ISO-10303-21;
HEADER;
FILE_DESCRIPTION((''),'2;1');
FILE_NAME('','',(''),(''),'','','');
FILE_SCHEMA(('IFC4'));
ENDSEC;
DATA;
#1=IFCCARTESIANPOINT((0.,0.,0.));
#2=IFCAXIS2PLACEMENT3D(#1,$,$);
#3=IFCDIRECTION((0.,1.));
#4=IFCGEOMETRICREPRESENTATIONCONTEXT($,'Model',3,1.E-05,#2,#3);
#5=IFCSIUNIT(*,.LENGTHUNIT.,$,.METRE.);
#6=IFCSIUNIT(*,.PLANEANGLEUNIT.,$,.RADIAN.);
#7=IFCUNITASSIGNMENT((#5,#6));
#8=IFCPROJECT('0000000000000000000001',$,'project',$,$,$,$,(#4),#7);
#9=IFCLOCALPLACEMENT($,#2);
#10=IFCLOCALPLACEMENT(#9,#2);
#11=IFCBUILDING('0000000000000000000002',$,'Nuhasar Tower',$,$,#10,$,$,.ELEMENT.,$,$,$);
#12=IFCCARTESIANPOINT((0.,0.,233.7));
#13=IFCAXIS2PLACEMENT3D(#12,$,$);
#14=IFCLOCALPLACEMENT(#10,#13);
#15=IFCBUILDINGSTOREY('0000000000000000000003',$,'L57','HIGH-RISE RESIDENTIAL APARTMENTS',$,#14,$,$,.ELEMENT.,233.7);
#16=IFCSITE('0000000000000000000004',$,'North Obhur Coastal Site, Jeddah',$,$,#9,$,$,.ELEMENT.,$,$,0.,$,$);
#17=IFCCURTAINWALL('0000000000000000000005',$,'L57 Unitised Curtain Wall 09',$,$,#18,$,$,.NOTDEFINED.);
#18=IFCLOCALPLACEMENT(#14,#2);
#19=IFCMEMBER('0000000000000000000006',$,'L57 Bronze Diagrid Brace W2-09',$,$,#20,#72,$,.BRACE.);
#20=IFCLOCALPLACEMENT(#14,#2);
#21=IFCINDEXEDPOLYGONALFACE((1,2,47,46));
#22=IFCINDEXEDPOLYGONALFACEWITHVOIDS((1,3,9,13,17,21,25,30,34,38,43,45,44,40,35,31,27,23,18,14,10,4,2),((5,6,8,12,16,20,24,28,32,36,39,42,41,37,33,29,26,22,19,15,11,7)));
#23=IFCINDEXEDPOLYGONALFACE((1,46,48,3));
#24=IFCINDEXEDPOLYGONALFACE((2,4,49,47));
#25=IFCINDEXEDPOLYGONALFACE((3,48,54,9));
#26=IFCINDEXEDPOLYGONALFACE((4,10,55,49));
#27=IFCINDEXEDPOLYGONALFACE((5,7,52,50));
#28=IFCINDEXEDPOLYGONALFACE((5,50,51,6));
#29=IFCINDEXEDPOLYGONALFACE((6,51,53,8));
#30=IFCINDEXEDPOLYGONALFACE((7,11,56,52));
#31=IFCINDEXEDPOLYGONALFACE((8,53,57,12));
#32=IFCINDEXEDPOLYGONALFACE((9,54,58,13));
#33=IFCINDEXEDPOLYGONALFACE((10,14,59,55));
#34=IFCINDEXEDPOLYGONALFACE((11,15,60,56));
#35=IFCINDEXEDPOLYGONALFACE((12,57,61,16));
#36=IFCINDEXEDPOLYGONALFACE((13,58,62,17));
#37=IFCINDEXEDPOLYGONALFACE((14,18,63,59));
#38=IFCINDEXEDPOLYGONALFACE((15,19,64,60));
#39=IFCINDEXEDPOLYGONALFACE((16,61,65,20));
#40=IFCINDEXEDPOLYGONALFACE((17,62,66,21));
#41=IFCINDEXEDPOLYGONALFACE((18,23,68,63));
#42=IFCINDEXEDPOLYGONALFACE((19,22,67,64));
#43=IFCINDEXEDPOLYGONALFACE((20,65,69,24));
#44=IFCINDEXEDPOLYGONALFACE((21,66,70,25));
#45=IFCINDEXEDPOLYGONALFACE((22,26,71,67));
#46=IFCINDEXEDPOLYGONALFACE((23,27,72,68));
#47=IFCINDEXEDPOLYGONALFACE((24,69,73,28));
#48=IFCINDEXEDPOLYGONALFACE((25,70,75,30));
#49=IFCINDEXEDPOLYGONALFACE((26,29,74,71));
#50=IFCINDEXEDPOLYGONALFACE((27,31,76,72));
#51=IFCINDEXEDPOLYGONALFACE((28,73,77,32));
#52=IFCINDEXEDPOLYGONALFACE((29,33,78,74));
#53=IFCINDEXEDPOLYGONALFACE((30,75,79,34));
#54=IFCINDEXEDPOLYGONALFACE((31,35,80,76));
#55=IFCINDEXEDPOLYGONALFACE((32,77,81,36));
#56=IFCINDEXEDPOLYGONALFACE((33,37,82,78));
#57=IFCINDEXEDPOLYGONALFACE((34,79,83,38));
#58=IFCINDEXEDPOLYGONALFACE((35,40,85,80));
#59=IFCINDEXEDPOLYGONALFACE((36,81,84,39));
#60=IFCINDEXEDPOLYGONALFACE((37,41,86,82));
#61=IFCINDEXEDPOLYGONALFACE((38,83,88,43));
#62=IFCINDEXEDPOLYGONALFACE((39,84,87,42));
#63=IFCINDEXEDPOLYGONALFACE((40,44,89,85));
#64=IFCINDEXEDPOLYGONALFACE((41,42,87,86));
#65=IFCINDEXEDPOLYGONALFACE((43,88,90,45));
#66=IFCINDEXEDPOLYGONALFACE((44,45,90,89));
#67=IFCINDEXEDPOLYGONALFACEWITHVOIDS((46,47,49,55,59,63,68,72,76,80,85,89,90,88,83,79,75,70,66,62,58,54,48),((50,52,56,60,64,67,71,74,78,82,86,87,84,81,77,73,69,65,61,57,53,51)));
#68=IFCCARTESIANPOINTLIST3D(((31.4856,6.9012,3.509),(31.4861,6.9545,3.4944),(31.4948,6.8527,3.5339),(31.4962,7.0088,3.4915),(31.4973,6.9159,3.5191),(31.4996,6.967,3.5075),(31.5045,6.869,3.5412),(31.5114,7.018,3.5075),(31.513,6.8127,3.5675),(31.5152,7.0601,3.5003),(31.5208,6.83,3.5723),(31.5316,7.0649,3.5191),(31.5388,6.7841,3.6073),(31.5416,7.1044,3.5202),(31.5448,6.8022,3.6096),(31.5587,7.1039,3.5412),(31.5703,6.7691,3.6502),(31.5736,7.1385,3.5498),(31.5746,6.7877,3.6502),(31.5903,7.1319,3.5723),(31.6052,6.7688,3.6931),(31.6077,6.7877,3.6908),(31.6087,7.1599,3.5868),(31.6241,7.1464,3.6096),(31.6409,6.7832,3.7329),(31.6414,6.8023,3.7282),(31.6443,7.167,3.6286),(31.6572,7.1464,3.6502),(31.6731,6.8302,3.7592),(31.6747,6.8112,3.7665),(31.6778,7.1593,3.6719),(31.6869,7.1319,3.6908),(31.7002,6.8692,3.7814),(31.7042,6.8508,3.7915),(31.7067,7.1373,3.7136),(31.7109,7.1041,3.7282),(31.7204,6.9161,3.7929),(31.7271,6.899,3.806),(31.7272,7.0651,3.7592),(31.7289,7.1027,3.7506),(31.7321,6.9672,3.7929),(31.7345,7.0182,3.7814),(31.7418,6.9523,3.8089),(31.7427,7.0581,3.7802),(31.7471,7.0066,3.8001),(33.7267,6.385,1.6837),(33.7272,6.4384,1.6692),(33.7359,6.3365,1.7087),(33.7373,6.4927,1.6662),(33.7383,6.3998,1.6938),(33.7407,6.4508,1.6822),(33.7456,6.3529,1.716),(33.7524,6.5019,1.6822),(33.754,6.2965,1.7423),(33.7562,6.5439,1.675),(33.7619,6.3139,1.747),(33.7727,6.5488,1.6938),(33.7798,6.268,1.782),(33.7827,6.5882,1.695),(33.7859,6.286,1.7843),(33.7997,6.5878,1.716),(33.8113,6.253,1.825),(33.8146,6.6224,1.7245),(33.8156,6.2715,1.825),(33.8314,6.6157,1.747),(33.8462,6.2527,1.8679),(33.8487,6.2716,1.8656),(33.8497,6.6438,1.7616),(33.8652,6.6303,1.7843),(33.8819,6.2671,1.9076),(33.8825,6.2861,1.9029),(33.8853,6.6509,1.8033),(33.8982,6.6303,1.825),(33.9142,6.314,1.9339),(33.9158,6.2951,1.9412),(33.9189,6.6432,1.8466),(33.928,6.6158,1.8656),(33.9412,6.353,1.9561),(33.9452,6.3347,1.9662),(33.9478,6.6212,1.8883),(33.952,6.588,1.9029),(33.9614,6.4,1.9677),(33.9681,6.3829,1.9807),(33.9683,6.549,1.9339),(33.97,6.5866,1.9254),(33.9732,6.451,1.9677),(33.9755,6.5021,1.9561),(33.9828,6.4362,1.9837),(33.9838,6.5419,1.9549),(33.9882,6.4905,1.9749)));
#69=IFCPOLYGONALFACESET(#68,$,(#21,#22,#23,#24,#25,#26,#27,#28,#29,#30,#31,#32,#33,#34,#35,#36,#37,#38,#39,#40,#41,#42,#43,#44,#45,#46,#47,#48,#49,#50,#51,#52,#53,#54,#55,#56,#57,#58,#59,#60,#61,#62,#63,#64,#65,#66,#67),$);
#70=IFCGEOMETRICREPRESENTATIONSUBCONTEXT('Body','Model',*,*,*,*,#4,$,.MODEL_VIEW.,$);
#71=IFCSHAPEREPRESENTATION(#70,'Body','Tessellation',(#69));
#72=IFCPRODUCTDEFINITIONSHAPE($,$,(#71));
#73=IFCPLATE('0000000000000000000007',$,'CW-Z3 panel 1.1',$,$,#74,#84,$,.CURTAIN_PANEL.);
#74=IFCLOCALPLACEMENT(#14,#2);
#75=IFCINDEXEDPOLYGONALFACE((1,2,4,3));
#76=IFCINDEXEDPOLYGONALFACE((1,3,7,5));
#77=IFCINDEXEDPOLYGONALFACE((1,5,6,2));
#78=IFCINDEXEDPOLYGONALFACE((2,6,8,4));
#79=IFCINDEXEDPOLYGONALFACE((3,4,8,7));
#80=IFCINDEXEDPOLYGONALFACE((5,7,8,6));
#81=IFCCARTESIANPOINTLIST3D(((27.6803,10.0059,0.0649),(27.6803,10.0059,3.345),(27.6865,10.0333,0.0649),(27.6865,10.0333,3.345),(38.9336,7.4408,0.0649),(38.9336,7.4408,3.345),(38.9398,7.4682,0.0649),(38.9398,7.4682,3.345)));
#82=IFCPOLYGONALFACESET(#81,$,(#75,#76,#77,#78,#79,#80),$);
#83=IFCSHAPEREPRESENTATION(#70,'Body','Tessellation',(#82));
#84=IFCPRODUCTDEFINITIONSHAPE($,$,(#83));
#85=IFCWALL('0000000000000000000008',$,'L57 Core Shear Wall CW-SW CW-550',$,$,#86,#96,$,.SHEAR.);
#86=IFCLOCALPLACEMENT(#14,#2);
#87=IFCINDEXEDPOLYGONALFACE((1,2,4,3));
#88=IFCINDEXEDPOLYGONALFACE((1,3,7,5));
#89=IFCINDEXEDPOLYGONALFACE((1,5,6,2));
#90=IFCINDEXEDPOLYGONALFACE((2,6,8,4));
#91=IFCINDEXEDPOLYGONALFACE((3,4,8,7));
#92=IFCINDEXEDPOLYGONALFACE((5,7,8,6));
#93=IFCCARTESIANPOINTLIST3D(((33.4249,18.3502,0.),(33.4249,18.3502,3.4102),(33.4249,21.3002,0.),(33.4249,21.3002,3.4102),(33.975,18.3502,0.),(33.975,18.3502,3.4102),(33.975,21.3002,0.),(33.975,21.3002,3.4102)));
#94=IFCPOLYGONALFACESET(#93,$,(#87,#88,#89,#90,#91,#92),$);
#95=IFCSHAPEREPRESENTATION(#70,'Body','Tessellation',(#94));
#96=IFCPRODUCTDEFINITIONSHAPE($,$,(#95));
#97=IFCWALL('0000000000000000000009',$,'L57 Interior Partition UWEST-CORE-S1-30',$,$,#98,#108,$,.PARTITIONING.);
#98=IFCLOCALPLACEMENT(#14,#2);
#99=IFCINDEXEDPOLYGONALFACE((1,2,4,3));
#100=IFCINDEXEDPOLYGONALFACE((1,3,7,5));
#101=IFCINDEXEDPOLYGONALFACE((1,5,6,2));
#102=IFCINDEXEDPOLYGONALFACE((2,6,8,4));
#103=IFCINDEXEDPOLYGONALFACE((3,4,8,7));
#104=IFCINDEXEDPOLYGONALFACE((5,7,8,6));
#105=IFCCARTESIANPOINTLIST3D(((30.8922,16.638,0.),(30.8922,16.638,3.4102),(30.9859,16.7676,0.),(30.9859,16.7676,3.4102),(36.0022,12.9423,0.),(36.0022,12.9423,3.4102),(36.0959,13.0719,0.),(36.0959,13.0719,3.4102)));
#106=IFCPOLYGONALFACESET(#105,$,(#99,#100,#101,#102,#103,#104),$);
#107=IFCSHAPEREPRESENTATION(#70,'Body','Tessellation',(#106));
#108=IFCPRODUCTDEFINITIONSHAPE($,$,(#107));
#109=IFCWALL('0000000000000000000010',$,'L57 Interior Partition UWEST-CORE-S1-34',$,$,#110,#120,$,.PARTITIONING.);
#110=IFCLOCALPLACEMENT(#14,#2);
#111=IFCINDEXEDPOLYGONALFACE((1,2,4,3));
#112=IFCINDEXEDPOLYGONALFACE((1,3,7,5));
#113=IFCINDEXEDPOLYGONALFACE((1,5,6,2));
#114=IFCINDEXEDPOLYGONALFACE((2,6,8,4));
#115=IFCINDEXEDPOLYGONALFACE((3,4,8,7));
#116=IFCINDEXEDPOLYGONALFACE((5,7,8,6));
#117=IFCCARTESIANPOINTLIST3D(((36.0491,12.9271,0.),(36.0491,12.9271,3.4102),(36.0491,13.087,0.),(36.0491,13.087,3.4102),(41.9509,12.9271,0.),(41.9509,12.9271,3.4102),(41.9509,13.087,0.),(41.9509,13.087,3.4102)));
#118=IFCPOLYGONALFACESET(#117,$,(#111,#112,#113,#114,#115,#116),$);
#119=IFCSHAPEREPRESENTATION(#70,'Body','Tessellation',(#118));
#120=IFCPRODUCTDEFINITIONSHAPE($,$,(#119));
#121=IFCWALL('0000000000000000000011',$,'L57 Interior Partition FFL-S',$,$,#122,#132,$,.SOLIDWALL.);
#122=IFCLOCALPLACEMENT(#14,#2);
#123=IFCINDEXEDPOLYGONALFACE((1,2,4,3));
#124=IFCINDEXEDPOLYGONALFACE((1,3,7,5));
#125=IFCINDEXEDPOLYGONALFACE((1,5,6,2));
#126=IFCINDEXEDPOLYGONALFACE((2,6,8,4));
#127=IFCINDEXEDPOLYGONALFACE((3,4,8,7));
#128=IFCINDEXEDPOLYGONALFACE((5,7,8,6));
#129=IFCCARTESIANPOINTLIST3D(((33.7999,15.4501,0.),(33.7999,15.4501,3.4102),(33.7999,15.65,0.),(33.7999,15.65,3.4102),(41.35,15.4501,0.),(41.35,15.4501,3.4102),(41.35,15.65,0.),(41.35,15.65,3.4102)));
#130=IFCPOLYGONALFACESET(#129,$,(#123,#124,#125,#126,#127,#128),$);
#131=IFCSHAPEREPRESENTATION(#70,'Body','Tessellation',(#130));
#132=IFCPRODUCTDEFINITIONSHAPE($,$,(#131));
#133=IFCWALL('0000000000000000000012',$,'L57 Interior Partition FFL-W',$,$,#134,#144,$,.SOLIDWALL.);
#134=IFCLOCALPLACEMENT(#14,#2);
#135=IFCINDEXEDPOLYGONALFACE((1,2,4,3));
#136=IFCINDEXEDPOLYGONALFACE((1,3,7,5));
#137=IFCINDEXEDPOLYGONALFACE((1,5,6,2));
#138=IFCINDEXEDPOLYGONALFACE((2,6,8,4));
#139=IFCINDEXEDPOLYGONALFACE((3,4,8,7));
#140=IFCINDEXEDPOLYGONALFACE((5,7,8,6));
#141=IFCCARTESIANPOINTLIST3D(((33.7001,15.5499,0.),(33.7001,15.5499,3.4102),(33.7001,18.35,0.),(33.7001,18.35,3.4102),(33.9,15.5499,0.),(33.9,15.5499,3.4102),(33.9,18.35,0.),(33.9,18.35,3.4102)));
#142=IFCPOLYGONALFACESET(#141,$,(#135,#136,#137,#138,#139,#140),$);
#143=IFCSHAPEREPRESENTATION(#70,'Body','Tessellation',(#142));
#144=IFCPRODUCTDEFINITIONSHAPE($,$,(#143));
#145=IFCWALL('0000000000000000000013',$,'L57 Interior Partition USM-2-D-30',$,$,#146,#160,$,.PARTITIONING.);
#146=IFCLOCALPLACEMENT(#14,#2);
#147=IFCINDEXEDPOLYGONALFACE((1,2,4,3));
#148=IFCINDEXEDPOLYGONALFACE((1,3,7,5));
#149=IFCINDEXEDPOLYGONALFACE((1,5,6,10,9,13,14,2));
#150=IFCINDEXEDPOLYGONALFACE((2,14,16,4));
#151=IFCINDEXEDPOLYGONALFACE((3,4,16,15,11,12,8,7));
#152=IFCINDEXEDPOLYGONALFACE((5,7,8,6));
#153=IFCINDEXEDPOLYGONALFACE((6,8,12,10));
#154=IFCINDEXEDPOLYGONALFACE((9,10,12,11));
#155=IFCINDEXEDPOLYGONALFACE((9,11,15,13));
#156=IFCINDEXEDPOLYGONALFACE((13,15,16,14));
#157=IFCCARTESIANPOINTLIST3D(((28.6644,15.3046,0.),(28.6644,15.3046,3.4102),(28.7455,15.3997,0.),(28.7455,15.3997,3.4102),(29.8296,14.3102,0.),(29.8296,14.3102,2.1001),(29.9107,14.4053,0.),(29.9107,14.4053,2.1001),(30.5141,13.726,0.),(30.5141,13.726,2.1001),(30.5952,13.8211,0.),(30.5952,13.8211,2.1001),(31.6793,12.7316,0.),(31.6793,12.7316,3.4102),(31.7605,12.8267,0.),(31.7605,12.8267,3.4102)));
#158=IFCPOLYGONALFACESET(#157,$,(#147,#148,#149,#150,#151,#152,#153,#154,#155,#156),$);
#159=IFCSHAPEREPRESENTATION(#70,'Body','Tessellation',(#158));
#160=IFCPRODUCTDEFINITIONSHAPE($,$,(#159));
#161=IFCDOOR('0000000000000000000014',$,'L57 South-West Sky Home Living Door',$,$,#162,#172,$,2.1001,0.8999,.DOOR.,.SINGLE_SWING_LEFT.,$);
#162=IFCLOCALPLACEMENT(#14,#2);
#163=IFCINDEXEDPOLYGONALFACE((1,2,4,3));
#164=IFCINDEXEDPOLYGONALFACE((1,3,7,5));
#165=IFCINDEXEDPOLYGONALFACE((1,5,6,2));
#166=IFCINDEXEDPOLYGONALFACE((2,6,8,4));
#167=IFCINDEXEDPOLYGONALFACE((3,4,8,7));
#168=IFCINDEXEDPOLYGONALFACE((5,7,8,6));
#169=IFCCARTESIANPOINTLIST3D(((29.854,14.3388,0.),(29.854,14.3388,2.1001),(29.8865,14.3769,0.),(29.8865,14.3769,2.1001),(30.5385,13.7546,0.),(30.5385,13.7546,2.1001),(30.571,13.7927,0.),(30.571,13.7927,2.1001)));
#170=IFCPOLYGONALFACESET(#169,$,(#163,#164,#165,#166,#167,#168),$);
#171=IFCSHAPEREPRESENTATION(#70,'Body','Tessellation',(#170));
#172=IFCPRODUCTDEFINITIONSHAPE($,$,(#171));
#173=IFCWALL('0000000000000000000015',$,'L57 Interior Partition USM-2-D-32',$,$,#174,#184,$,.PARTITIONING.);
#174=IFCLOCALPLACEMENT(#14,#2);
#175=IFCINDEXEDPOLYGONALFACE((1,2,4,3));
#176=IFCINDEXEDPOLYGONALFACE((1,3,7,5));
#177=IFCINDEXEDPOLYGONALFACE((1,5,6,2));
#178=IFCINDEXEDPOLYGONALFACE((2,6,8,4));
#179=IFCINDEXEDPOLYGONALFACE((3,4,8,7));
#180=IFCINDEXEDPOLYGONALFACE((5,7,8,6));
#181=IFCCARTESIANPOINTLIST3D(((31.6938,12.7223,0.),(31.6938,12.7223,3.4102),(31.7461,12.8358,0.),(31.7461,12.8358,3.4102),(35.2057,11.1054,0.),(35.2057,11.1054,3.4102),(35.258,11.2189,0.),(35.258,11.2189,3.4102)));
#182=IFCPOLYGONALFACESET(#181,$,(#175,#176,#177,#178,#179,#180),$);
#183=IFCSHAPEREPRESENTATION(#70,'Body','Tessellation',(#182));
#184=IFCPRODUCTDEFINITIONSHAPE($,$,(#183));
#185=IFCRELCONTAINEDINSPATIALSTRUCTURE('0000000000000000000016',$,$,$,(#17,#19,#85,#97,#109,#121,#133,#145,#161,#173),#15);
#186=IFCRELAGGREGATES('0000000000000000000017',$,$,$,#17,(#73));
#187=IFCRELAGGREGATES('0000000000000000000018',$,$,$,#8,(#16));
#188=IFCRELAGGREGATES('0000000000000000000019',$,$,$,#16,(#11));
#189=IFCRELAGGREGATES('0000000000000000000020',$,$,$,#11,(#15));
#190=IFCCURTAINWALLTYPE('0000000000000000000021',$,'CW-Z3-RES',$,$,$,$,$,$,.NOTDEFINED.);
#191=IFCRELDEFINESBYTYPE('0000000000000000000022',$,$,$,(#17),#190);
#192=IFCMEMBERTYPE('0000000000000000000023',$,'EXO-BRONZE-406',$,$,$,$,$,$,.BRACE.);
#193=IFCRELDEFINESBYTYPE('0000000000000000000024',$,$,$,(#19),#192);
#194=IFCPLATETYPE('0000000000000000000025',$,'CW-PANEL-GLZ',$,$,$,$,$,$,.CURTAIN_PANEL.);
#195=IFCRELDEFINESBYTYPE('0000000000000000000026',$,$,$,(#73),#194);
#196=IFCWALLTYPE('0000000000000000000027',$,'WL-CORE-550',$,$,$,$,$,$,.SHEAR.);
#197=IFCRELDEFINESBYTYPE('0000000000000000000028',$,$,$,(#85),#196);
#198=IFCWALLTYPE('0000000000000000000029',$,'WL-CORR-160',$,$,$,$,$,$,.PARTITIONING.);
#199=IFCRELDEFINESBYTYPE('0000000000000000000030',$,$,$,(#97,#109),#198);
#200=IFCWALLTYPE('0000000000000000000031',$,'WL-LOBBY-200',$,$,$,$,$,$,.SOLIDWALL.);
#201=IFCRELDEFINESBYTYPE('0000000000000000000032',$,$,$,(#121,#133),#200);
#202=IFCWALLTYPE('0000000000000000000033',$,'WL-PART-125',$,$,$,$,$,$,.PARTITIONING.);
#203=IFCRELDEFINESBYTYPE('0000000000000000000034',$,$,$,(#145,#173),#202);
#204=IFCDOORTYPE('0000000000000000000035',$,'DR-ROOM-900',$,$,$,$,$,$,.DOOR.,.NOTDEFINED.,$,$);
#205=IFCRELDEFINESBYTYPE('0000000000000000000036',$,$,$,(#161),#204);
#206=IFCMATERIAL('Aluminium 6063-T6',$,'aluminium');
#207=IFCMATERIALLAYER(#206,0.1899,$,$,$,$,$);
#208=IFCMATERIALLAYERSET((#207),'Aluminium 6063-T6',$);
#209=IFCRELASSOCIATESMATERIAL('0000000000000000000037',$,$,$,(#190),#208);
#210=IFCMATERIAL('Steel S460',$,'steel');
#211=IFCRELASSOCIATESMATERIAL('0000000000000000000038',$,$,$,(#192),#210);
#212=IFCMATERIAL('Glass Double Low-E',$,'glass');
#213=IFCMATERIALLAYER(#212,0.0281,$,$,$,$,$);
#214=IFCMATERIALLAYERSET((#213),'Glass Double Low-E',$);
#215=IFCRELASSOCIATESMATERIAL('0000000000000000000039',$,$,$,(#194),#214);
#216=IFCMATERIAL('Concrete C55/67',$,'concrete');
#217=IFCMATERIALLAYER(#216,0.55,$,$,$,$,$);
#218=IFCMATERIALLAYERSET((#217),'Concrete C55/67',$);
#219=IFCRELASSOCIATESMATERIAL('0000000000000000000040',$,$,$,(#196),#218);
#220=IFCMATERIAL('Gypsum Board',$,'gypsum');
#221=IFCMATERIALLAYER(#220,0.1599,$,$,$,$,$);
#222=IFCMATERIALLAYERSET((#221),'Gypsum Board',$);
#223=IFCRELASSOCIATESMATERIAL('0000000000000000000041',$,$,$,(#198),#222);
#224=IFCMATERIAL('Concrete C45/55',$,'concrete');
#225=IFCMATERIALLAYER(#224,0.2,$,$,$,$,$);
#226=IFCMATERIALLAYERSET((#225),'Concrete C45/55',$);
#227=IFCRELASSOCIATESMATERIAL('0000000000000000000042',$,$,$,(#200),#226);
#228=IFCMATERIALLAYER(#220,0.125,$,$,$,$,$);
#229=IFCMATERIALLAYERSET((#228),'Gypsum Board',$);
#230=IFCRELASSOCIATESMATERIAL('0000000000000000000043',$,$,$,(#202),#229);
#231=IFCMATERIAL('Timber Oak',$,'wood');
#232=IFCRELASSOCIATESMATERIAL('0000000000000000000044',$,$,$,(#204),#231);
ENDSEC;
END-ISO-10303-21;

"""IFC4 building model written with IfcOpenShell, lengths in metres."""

from ifc_helpers import new_model, si_unit, direction, frame, frame_2d, origin, origin_2d, place, context, subcontext, project, spatial, rectangle, hollow_circle, extrude, material, layer, layer_set, material_profile, profile_set, type_object, element, fill, aggregate, save


model = new_model("IFC4")

# Units and contexts
model_context = context("Model", 3, precision=1e-05, world=origin(), true_north=direction((0.0, 1.0)))
body_context = subcontext(model_context, "Body", "Model", "MODEL_VIEW")
ifc_project = project(units=[si_unit("LENGTHUNIT", "METRE"), si_unit("PLANEANGLEUNIT", "RADIAN")], contexts=[model_context])

# Site, building, storey
site_placement = place(None, origin())
site = spatial("IfcSite", under=ifc_project, at=site_placement, Name="North Obhur Coastal Site, Jeddah", CompositionType="ELEMENT", RefElevation=0.0)
building_placement = place(site_placement, origin())
building = spatial("IfcBuilding", under=site, at=building_placement, Name="Nuhasar Tower", CompositionType="ELEMENT")
storey_placement = place(building_placement, frame((0.0, 0.0, 233.7)))
storey = spatial("IfcBuildingStorey", under=building, at=storey_placement, Name="L57", Description="HIGH-RISE RESIDENTIAL APARTMENTS", CompositionType="ELEMENT", Elevation=233.7)

# Shared definitions
ifc_material_1 = material(Name="Concrete C55/67", Category="concrete")

# Curtain wall
ifc_material_2 = material(Name="Aluminium 6063-T6", Category="aluminium")
ifc_layer_1 = layer(ifc_material_2, 0.1899)
ifc_layer_set_1 = layer_set([ifc_layer_1], Name="Aluminium 6063-T6")
curtain_wall_type = type_object("IfcCurtainWallType", Name="CW-Z3-RES", PredefinedType="NOTDEFINED", material=ifc_layer_set_1)
curtain_wall_placement = place(storey_placement, origin())
curtain_wall = element("IfcCurtainWall", 1, at=curtain_wall_placement, inside=storey, type_object=curtain_wall_type, Name="L57 Unitised Curtain Wall 09", PredefinedType="NOTDEFINED")

# Member
ifc_material_3 = material(Name="Steel S460", Category="steel")
ifc_material_profile_1 = material_profile(ifc_material_3, hollow_circle(Radius=0.2031, WallThickness=0.019, at=origin_2d()), Name="HSS406.4X19.1")
ifc_profile_set_1 = profile_set([ifc_material_profile_1], Name="Steel S460")
member_type_1 = type_object("IfcMemberType", Name="EXO-BRONZE-406", PredefinedType="BRACE", material=ifc_profile_set_1)
member_1_placement = place(storey_placement, frame((33.8569, 6.4509, 1.825), z_axis=(-0.763292, 0.175793, 0.621677), x_axis=(-0.224433, -0.97449, 0.0)))
element("IfcMember", 2, at=member_1_placement, inside=storey, type_object=member_type_1, Name="L57 Bronze Diagrid Brace W2-09", PredefinedType="BRACE", context=body_context, shape_type="SweptSolid", body=[
    extrude(hollow_circle(Radius=0.2031, WallThickness=0.019, at=origin_2d()), origin(), (0.0, 0.0, 1.0), 2.936),
])

# Plate
ifc_material_4 = material(Name="Glass Double Low-E", Category="glass")
ifc_layer_2 = layer(ifc_material_4, 0.0281)
ifc_layer_set_2 = layer_set([ifc_layer_2], Name="Glass Double Low-E")
plate_type = type_object("IfcPlateType", Name="CW-PANEL-GLZ", PredefinedType="CURTAIN_PANEL", material=ifc_layer_set_2)
plate_placement = place(storey_placement, frame((33.3101, 8.7371, 0.0649), z_axis=(0.0, 0.0, 1.0), x_axis=(0.974991, -0.222243, 0.0)))
plate = element("IfcPlate", 3, at=plate_placement, type_object=plate_type, Name="CW-Z3 panel 1.1", PredefinedType="CURTAIN_PANEL", context=body_context, shape_type="SweptSolid", body=[
    extrude(rectangle(XDim=11.542, YDim=0.0281, at=origin_2d()), origin(), (0.0, 0.0, 1.0), 3.28),
])
aggregate(curtain_wall, [plate])

# Walls
ifc_layer_3 = layer(ifc_material_1, 0.55)
ifc_layer_set_3 = layer_set([ifc_layer_3], Name="Concrete C55/67")
wall_type_1 = type_object("IfcWallType", Name="WL-CORE-550", PredefinedType="SHEAR", material=ifc_layer_set_3)
wall_1_placement = place(storey_placement, frame((33.7, 18.3501, 0.0), z_axis=(0.0, 0.0, 1.0), x_axis=(0.0, 1.0, 0.0)))
element("IfcWall", 4, at=wall_1_placement, inside=storey, type_object=wall_type_1, Name="L57 Core Shear Wall CW-SW CW-550", PredefinedType="SHEAR", context=body_context, shape_type="SweptSolid", body=[
    extrude(rectangle(XDim=2.95, YDim=0.55, at=frame_2d((1.4751, 0.0))), origin(), (0.0, 0.0, 1.0), 3.4102),
])
ifc_material_5 = material(Name="Gypsum Board", Category="gypsum")
ifc_layer_4 = layer(ifc_material_5, 0.1599)
ifc_layer_set_4 = layer_set([ifc_layer_4], Name="Gypsum Board")
wall_type_2 = type_object("IfcWallType", Name="WL-CORR-160", PredefinedType="PARTITIONING", material=ifc_layer_set_4)
wall_2_placement = place(storey_placement, frame((30.939, 16.7029, 0.0), z_axis=(0.0, 0.0, 1.0), x_axis=(0.81029, -0.586029, 0.0)))
element("IfcWall", 5, at=wall_2_placement, inside=storey, type_object=wall_type_2, Name="L57 Interior Partition UWEST-CORE-S1-30", PredefinedType="PARTITIONING", context=body_context, shape_type="SweptSolid", body=[
    extrude(rectangle(XDim=6.3064, YDim=0.1599, at=frame_2d((3.1533, 0.0))), origin(), (0.0, 0.0, 1.0), 3.4102),
])
wall_3_placement = place(storey_placement, frame((36.0491, 13.0071, 0.0), z_axis=(0.0, 0.0, 1.0), x_axis=(1.0, 0.0, 0.0)))
element("IfcWall", 6, at=wall_3_placement, inside=storey, type_object=wall_type_2, Name="L57 Interior Partition UWEST-CORE-S1-34", PredefinedType="PARTITIONING", context=body_context, shape_type="SweptSolid", body=[
    extrude(rectangle(XDim=5.9019, YDim=0.1599, at=frame_2d((2.9509, 0.0))), origin(), (0.0, 0.0, 1.0), 3.4102),
])
ifc_material_6 = material(Name="Concrete C45/55", Category="concrete")
ifc_layer_5 = layer(ifc_material_6, 0.2)
ifc_layer_set_5 = layer_set([ifc_layer_5], Name="Concrete C45/55")
wall_type_3 = type_object("IfcWallType", Name="WL-LOBBY-200", PredefinedType="SOLIDWALL", material=ifc_layer_set_5)
wall_4_placement = place(storey_placement, frame((33.8, 15.55, 0.0), z_axis=(0.0, 0.0, 1.0), x_axis=(1.0, 0.0, 0.0)))
element("IfcWall", 7, at=wall_4_placement, inside=storey, type_object=wall_type_3, Name="L57 Interior Partition FFL-S", PredefinedType="SOLIDWALL", context=body_context, shape_type="SweptSolid", body=[
    extrude(rectangle(XDim=7.55, YDim=0.2, at=frame_2d((3.7749, 0.0))), origin(), (0.0, 0.0, 1.0), 3.4102),
])
wall_5_placement = place(storey_placement, frame((33.8, 15.55, 0.0), z_axis=(0.0, 0.0, 1.0), x_axis=(0.0, 1.0, 0.0)))
element("IfcWall", 8, at=wall_5_placement, inside=storey, type_object=wall_type_3, Name="L57 Interior Partition FFL-W", PredefinedType="SOLIDWALL", context=body_context, shape_type="SweptSolid", body=[
    extrude(rectangle(XDim=2.8, YDim=0.2, at=frame_2d((1.3999, 0.0))), origin(), (0.0, 0.0, 1.0), 3.4102),
])

# Wall, opening, door
ifc_layer_6 = layer(ifc_material_5, 0.125)
ifc_layer_set_6 = layer_set([ifc_layer_6], Name="Gypsum Board")
wall_type_4 = type_object("IfcWallType", Name="WL-PART-125", PredefinedType="PARTITIONING", material=ifc_layer_set_6)
wall_6_placement = place(storey_placement, frame((31.72, 12.7791, 0.0), z_axis=(0.0, 0.0, 1.0), x_axis=(-0.760651, 0.649162, 0.0)))
wall_6 = element("IfcWall", 9, at=wall_6_placement, inside=storey, type_object=wall_type_4, Name="L57 Interior Partition USM-2-D-30", PredefinedType="PARTITIONING", context=body_context, shape_type="SweptSolid", body=[
    extrude(rectangle(XDim=3.9636, YDim=0.125, at=frame_2d((1.9819, 0.0))), origin(), (0.0, 0.0, 1.0), 3.4102),
])
opening_1_placement = place(wall_6_placement, frame((1.532, 0.0, 0.0)))
opening_1 = element("IfcOpeningElement", 10, at=opening_1_placement, cuts=wall_6, PredefinedType="OPENING", context=body_context, shape_type="SweptSolid", body=[
    extrude(rectangle(XDim=0.8999, YDim=2.1001, at=frame_2d((0.45, 1.05))), frame((0.0, 0.0725, 0.0), z_axis=(0.0, -1.0, 0.0), x_axis=(1.0, 0.0, 0.0)), (0.0, 0.0, 1.0), 0.145),
])
ifc_material_7 = material(Name="Timber Oak", Category="wood")
door_type_1 = type_object("IfcDoorType", Name="DR-ROOM-900", OperationType="NOTDEFINED", PredefinedType="DOOR", material=ifc_material_7)
door_1_placement = place(opening_1_placement, origin())
door_1 = element("IfcDoor", 11, at=door_1_placement, inside=storey, type_object=door_type_1, Name="L57 South-West Sky Home Living Door", OperationType="SINGLE_SWING_LEFT", OverallHeight=2.1001, OverallWidth=0.8999, PredefinedType="DOOR", context=body_context, shape_type="SweptSolid", body=[
    extrude(rectangle(XDim=0.8999, YDim=2.1001, at=frame_2d((0.45, 1.05))), frame((0.0, 0.0249, 0.0), z_axis=(0.0, -1.0, 0.0), x_axis=(1.0, 0.0, 0.0)), (0.0, 0.0, 1.0), 0.05),
])
fill(opening_1, door_1)

# Wall
wall_7_placement = place(storey_placement, frame((31.72, 12.7791, 0.0), z_axis=(0.0, 0.0, 1.0), x_axis=(0.908349, -0.418213, 0.0)))
element("IfcWall", 12, at=wall_7_placement, inside=storey, type_object=wall_type_4, Name="L57 Interior Partition USM-2-D-32", PredefinedType="PARTITIONING", context=body_context, shape_type="SweptSolid", body=[
    extrude(rectangle(XDim=3.8662, YDim=0.125, at=frame_2d((1.9331, 0.0))), origin(), (0.0, 0.0, 1.0), 3.4102),
])

save(model, "model.ifc")
